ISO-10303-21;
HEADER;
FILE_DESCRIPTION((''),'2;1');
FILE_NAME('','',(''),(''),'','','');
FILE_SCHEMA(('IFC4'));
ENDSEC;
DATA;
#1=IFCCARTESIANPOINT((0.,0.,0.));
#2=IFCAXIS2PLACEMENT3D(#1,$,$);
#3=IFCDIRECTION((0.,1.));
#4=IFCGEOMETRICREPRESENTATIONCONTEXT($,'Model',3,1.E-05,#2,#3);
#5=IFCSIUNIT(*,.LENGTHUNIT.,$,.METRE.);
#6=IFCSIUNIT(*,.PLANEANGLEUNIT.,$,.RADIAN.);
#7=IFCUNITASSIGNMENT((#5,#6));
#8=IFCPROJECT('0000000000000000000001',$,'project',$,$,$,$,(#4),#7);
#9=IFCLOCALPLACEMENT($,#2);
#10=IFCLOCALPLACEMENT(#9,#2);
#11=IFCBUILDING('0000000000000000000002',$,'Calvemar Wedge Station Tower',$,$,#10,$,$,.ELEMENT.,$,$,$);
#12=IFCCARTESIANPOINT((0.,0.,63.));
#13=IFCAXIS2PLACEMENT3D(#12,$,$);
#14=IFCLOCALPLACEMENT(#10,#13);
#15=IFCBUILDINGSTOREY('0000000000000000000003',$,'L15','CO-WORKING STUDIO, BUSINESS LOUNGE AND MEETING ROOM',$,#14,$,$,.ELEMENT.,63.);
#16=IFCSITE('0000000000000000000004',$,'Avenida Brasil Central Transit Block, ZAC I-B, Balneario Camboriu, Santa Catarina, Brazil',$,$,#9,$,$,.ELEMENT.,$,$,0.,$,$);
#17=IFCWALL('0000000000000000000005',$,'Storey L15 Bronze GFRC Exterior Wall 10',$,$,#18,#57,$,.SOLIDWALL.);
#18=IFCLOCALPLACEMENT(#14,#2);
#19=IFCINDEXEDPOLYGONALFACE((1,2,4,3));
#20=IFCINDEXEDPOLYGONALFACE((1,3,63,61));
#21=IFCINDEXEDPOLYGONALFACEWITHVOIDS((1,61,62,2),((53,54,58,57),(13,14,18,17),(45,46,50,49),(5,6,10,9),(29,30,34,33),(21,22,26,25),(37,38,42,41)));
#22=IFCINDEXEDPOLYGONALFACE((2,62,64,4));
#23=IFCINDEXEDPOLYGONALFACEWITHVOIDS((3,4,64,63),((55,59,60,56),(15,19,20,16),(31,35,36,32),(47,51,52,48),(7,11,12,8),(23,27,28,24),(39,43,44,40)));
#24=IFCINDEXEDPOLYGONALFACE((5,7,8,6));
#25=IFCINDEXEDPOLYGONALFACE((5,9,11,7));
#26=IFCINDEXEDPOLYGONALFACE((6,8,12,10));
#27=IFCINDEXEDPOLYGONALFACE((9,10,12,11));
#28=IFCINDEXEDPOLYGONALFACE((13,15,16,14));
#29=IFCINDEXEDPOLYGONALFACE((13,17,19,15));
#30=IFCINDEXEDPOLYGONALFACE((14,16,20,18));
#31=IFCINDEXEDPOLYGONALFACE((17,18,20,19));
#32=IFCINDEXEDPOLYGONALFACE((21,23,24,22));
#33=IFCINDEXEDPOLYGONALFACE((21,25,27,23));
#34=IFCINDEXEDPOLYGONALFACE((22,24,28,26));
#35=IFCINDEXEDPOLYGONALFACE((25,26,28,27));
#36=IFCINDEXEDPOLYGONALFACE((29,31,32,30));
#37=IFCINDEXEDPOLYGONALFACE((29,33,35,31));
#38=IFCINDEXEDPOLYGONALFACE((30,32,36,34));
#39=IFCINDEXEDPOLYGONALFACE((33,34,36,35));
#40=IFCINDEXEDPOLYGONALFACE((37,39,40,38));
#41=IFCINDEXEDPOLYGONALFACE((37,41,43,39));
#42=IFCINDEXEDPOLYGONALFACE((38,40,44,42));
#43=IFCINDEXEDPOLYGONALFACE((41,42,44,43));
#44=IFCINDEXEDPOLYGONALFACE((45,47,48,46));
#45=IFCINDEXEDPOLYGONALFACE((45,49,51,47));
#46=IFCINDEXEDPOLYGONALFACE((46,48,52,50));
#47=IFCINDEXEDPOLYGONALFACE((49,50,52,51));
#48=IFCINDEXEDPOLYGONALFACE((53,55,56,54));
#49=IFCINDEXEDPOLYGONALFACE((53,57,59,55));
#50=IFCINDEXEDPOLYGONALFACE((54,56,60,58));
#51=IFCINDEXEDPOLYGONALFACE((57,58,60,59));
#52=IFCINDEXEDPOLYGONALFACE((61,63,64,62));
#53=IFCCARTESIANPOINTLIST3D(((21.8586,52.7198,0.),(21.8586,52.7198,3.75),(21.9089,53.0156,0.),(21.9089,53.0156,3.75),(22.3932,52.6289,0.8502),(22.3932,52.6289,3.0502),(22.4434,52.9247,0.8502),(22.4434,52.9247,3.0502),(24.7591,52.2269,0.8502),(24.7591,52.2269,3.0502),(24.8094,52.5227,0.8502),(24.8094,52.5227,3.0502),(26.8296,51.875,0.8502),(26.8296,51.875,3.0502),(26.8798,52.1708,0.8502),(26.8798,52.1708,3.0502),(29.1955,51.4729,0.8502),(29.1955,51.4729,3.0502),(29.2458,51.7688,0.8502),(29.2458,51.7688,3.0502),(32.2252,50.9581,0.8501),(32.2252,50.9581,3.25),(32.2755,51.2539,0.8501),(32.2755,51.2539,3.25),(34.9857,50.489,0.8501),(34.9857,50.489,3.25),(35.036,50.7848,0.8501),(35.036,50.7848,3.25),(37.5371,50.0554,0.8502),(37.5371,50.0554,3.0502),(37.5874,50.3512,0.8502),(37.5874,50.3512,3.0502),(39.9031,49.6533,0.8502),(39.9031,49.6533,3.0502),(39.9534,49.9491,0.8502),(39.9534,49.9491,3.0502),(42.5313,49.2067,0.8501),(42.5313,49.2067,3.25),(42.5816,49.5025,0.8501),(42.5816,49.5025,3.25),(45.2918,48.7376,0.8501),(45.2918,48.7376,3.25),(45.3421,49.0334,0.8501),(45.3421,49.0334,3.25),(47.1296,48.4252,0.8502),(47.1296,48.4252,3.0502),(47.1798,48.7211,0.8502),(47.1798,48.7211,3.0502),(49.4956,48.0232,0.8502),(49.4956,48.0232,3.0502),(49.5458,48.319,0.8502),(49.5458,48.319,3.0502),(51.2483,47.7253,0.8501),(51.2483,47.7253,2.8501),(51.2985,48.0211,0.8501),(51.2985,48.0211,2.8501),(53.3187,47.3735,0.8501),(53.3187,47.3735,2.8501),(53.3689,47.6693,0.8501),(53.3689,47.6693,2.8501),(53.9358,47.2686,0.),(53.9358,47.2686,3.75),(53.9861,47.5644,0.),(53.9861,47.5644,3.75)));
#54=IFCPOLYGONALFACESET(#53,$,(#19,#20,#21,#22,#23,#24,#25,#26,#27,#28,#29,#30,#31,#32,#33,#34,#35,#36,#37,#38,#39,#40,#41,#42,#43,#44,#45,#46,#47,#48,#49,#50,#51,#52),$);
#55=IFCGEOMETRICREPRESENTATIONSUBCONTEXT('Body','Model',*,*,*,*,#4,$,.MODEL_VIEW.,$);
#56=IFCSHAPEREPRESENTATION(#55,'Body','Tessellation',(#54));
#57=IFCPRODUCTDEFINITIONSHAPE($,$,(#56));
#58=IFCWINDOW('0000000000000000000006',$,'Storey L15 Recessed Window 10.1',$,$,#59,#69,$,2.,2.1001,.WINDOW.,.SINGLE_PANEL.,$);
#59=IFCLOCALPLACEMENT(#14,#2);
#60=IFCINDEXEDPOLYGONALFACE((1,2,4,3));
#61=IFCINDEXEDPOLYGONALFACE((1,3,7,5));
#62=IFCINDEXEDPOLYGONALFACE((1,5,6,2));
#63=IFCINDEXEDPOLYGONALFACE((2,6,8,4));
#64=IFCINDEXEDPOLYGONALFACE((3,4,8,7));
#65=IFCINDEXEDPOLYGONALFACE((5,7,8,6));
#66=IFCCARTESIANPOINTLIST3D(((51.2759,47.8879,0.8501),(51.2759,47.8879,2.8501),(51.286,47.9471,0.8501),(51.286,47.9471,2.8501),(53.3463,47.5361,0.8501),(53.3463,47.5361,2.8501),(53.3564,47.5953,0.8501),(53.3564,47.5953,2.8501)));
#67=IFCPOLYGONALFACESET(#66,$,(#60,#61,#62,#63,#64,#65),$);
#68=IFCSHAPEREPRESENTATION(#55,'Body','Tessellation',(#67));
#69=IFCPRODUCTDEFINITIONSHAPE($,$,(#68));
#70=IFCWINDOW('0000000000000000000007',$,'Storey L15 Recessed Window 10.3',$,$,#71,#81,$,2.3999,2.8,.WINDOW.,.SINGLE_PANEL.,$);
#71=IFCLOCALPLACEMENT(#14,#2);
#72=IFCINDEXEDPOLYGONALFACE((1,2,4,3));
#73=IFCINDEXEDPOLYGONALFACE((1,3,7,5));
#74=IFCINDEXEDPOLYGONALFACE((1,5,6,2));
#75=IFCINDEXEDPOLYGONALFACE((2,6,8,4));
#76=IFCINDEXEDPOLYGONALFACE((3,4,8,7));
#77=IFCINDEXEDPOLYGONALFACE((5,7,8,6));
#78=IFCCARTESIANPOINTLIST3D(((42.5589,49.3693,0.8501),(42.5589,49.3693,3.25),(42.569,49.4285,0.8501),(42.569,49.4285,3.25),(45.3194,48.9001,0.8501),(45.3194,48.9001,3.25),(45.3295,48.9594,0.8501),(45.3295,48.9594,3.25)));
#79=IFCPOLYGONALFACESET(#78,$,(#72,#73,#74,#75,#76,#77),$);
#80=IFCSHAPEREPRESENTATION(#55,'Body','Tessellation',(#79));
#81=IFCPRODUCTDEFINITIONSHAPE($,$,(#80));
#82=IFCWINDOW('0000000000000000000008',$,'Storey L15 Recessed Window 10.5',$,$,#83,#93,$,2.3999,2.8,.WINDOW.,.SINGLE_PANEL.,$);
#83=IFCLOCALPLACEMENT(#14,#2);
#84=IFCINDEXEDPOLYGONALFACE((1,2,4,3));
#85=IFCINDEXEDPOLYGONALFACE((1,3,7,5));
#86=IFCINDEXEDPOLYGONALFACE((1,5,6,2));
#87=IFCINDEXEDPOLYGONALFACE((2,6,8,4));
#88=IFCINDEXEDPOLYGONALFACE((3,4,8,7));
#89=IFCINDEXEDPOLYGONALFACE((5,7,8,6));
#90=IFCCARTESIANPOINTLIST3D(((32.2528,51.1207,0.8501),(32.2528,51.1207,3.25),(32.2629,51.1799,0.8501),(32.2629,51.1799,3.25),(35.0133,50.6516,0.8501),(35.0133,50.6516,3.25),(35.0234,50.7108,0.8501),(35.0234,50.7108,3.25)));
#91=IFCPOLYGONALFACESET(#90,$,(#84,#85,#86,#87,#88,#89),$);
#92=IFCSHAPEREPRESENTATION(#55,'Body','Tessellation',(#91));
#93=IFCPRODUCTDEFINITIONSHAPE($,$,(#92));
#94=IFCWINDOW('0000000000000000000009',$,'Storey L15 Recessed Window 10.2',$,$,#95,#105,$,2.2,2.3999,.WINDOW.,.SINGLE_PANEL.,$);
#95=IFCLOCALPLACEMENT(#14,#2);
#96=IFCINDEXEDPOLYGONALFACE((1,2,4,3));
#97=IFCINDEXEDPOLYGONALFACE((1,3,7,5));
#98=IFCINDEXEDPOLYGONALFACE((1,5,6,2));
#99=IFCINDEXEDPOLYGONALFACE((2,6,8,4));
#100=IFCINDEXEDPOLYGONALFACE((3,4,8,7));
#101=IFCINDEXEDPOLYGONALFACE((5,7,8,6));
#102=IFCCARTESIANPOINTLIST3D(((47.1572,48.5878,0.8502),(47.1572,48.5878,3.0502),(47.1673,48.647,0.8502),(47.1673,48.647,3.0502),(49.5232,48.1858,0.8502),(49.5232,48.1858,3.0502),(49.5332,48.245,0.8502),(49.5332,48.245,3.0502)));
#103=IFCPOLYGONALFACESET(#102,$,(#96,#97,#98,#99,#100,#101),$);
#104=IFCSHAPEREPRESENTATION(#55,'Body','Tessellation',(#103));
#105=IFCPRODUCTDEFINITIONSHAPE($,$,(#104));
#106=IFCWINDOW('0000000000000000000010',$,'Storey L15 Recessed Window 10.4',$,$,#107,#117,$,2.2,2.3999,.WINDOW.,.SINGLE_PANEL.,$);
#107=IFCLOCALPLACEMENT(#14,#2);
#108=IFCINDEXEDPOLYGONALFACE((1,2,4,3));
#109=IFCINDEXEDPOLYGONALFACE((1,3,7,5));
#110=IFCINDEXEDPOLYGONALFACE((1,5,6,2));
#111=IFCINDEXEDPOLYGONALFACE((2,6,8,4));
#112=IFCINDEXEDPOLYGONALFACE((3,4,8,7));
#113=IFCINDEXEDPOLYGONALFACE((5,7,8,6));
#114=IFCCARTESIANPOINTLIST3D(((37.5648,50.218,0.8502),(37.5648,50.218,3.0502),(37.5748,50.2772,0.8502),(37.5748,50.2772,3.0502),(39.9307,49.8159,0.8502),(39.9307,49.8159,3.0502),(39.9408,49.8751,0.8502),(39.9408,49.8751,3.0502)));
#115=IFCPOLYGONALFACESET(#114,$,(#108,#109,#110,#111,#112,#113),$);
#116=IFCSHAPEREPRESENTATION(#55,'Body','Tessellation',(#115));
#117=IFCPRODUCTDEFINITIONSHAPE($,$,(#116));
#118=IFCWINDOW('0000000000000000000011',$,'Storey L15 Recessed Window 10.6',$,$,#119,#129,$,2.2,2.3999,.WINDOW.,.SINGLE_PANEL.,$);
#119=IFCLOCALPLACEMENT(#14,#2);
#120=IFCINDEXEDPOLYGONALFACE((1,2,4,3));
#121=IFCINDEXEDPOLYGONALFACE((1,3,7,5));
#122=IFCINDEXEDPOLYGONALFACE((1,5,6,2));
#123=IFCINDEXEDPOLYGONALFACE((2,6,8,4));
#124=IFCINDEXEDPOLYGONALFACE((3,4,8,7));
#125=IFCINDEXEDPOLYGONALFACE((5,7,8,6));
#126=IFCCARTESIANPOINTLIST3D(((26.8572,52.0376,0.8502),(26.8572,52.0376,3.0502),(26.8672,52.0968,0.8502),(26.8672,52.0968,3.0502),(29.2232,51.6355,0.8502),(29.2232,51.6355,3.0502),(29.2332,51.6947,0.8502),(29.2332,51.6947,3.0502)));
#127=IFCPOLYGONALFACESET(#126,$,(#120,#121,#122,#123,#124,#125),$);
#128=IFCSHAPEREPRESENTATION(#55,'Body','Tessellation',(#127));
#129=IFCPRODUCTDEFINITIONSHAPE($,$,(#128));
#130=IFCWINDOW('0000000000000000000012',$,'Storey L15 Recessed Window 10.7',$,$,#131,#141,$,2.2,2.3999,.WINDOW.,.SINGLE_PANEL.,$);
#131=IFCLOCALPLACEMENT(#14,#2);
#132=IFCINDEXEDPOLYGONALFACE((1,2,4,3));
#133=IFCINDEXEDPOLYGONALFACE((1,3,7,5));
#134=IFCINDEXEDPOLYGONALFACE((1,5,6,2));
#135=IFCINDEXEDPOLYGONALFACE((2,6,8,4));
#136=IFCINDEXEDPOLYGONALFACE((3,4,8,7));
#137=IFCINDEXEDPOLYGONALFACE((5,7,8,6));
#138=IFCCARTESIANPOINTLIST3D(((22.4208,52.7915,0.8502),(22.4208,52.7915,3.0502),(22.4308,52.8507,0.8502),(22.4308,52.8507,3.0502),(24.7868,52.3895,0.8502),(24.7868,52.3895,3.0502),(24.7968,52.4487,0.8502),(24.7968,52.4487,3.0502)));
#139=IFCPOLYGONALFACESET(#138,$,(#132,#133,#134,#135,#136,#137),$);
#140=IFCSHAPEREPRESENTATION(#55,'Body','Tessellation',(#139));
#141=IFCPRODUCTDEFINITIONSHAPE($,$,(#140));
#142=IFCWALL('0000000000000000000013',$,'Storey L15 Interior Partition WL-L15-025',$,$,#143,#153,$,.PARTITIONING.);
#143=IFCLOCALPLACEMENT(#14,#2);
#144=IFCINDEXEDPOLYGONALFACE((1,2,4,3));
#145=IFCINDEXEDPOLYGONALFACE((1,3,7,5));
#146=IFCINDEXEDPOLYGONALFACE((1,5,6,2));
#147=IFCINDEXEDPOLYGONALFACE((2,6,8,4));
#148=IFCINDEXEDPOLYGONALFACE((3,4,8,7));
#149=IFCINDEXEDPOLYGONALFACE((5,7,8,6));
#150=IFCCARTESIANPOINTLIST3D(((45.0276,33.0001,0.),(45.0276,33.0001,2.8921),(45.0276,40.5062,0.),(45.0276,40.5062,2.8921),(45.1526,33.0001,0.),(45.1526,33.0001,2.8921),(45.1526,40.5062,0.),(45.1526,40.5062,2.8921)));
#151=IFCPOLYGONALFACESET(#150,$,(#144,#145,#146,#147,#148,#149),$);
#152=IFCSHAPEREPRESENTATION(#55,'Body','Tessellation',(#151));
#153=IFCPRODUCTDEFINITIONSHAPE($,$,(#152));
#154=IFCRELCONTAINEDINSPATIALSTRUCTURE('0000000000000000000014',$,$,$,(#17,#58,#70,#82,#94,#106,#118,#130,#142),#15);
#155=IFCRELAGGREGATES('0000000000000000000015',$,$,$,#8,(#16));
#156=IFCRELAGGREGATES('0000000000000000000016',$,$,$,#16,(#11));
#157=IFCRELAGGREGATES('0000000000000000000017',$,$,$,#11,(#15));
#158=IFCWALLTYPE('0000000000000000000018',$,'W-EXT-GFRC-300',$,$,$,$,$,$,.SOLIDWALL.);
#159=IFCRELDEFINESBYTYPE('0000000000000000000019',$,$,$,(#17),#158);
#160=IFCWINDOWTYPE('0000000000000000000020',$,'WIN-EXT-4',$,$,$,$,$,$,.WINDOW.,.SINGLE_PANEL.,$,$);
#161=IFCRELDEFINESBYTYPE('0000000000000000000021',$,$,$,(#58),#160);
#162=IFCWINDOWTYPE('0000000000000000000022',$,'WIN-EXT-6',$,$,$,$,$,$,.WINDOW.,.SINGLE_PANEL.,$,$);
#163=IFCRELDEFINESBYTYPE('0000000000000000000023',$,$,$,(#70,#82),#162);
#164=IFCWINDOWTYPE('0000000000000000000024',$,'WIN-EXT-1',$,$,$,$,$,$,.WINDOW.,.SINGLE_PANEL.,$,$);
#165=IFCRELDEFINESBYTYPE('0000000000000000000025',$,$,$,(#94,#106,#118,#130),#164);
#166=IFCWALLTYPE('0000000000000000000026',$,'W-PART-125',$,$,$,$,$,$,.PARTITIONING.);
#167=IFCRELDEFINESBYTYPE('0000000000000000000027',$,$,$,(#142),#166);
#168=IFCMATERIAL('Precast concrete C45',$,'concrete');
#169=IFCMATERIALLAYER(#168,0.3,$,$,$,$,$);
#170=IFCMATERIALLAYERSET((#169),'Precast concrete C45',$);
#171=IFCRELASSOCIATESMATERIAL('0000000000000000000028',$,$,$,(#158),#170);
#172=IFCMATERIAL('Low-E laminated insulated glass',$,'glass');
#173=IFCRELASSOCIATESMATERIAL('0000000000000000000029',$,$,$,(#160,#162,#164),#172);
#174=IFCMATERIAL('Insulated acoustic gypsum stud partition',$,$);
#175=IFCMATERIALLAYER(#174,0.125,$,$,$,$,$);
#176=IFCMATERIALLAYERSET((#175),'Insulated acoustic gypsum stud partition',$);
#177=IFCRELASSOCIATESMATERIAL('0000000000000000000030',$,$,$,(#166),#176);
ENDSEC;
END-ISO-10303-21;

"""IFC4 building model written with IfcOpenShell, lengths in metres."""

from ifc_helpers import new_model, si_unit, direction, frame, frame_2d, origin, place, context, subcontext, project, spatial, rectangle, extrude, source, transform, mapped, material, layer, layer_set, type_object, element, fill, save


model = new_model("IFC4")

# Units and contexts
model_context = context("Model", 3, precision=1e-05, world=origin(), true_north=direction((0.0, 1.0)))
body_context = subcontext(model_context, "Body", "Model", "MODEL_VIEW")
ifc_project = project(units=[si_unit("LENGTHUNIT", "METRE"), si_unit("PLANEANGLEUNIT", "RADIAN")], contexts=[model_context])

# Site, building, storey
site_placement = place(None, origin())
site = spatial("IfcSite", under=ifc_project, at=site_placement, Name="Avenida Brasil Central Transit Block, ZAC I-B, Balneario Camboriu, Santa Catarina, Brazil", CompositionType="ELEMENT", RefElevation=0.0)
building_placement = place(site_placement, origin())
building = spatial("IfcBuilding", under=site, at=building_placement, Name="Calvemar Wedge Station Tower", CompositionType="ELEMENT")
storey_placement = place(building_placement, frame((0.0, 0.0, 63.0)))
storey = spatial("IfcBuildingStorey", under=building, at=storey_placement, Name="L15", Description="CO-WORKING STUDIO, BUSINESS LOUNGE AND MEETING ROOM", CompositionType="ELEMENT", Elevation=63.0)

# Shared definitions
ifc_material_1 = material(Name="Precast concrete C45", Category="concrete")
ifc_layer_1 = layer(ifc_material_1, 0.3)
ifc_layer_set_1 = layer_set([ifc_layer_1], Name="Precast concrete C45")
wall_type_1 = type_object("IfcWallType", Name="W-EXT-GFRC-300", PredefinedType="SOLIDWALL", material=ifc_layer_set_1)
ifc_material_2 = material(Name="Low-E laminated insulated glass", Category="glass")

# Wall, openings, windows
wall_1_placement = place(storey_placement, frame((53.9609, 47.4165, 0.0), z_axis=(0.0, 0.0, 1.0), x_axis=(-0.985866, 0.167537, 0.0)))
wall_1 = element("IfcWall", 1, at=wall_1_placement, inside=storey, type_object=wall_type_1, Name="Storey L15 Bronze GFRC Exterior Wall 10", PredefinedType="SOLIDWALL", context=body_context, shape_type="SweptSolid", body=[
    extrude(rectangle(XDim=32.5371, YDim=0.3, at=frame_2d((16.2686, 0.0))), origin(), (0.0, 0.0, 1.0), 3.75),
])
shared_shape_1 = source(origin(), body_context, "Body", "SweptSolid", [
    extrude(rectangle(XDim=2.1001, YDim=2.0, at=frame_2d((1.05, 1.0))), frame((0.0, 0.1602, 0.0), z_axis=(0.0, -1.0, 0.0), x_axis=(1.0, 0.0, 0.0)), (0.0, 0.0, 1.0), 0.3201),
])
opening_1_placement = place(wall_1_placement, frame((0.626, 0.0, 0.8501)))
opening_1 = element("IfcOpeningElement", 2, at=opening_1_placement, cuts=wall_1, PredefinedType="OPENING", context=body_context, shape_type="MappedRepresentation", body=[
    mapped(shared_shape_1, transform((0.0, 0.0, 0.0), scale=1.0)),
])
shared_shape_2 = source(origin(), body_context, "Body", "SweptSolid", [
    extrude(rectangle(XDim=2.3999, YDim=2.2, at=frame_2d((1.2, 1.1001))), frame((0.0, 0.1602, 0.0), z_axis=(0.0, -1.0, 0.0), x_axis=(1.0, 0.0, 0.0)), (0.0, 0.0, 1.0), 0.3201),
])
opening_2_placement = place(wall_1_placement, frame((4.5039, 0.0, 0.8501)))
opening_2 = element("IfcOpeningElement", 3, at=opening_2_placement, cuts=wall_1, PredefinedType="OPENING", context=body_context, shape_type="MappedRepresentation", body=[
    mapped(shared_shape_2, transform((0.0, 0.0, 0.0), scale=1.0)),
])
shared_shape_3 = source(origin(), body_context, "Body", "SweptSolid", [
    extrude(rectangle(XDim=2.8, YDim=2.3999, at=frame_2d((1.3999, 1.2))), frame((0.0, 0.1602, 0.0), z_axis=(0.0, -1.0, 0.0), x_axis=(1.0, 0.0, 0.0)), (0.0, 0.0, 1.0), 0.3201),
])
opening_3_placement = place(wall_1_placement, frame((8.7681, 0.0, 0.8501)))
opening_3 = element("IfcOpeningElement", 4, at=opening_3_placement, cuts=wall_1, PredefinedType="OPENING", context=body_context, shape_type="MappedRepresentation", body=[
    mapped(shared_shape_3, transform((0.0, 0.0, 0.0), scale=1.0)),
])
opening_4_placement = place(wall_1_placement, frame((14.2339, 0.0, 0.8501)))
opening_4 = element("IfcOpeningElement", 5, at=opening_4_placement, cuts=wall_1, PredefinedType="OPENING", context=body_context, shape_type="MappedRepresentation", body=[
    mapped(shared_shape_2, transform((0.0, 0.0, 0.0), scale=1.0)),
])
opening_5_placement = place(wall_1_placement, frame((19.2219, 0.0, 0.8501)))
opening_5 = element("IfcOpeningElement", 6, at=opening_5_placement, cuts=wall_1, PredefinedType="OPENING", context=body_context, shape_type="MappedRepresentation", body=[
    mapped(shared_shape_3, transform((0.0, 0.0, 0.0), scale=1.0)),
])
opening_6_placement = place(wall_1_placement, frame((25.095, 0.0, 0.8501)))
opening_6 = element("IfcOpeningElement", 7, at=opening_6_placement, cuts=wall_1, PredefinedType="OPENING", context=body_context, shape_type="MappedRepresentation", body=[
    mapped(shared_shape_2, transform((0.0, 0.0, 0.0), scale=1.0)),
])
opening_7_placement = place(wall_1_placement, frame((29.595, 0.0, 0.8501)))
opening_7 = element("IfcOpeningElement", 8, at=opening_7_placement, cuts=wall_1, PredefinedType="OPENING", context=body_context, shape_type="MappedRepresentation", body=[
    mapped(shared_shape_2, transform((0.0, 0.0, 0.0), scale=1.0)),
])
window_type_1 = type_object("IfcWindowType", Name="WIN-EXT-4", PartitioningType="SINGLE_PANEL", PredefinedType="WINDOW", material=ifc_material_2)
shared_shape_4 = source(origin(), body_context, "Body", "SweptSolid", [
    extrude(rectangle(XDim=2.1001, YDim=2.0, at=frame_2d((1.05, 1.0))), frame((0.0, -0.0149, 0.0), z_axis=(0.0, -1.0, 0.0), x_axis=(1.0, 0.0, 0.0)), (0.0, 0.0, 1.0), 0.0601),
])
window_1_placement = place(opening_1_placement, origin())
window_1 = element("IfcWindow", 9, at=window_1_placement, inside=storey, type_object=window_type_1, Name="Storey L15 Recessed Window 10.1", OverallHeight=2.0, OverallWidth=2.1001, PartitioningType="SINGLE_PANEL", PredefinedType="WINDOW", context=body_context, shape_type="MappedRepresentation", body=[
    mapped(shared_shape_4, transform((0.0, 0.0, 0.0), scale=1.0)),
])
fill(opening_1, window_1)
window_type_2 = type_object("IfcWindowType", Name="WIN-EXT-6", PartitioningType="SINGLE_PANEL", PredefinedType="WINDOW", material=ifc_material_2)
shared_shape_5 = source(origin(), body_context, "Body", "SweptSolid", [
    extrude(rectangle(XDim=2.8, YDim=2.3999, at=frame_2d((1.3999, 1.2))), frame((0.0, -0.0149, 0.0), z_axis=(0.0, -1.0, 0.0), x_axis=(1.0, 0.0, 0.0)), (0.0, 0.0, 1.0), 0.0601),
])
window_2_placement = place(opening_3_placement, origin())
window_2 = element("IfcWindow", 10, at=window_2_placement, inside=storey, type_object=window_type_2, Name="Storey L15 Recessed Window 10.3", OverallHeight=2.3999, OverallWidth=2.8, PartitioningType="SINGLE_PANEL", PredefinedType="WINDOW", context=body_context, shape_type="MappedRepresentation", body=[
    mapped(shared_shape_5, transform((0.0, 0.0, 0.0), scale=1.0)),
])
fill(opening_3, window_2)
window_3_placement = place(opening_5_placement, origin())
window_3 = element("IfcWindow", 11, at=window_3_placement, inside=storey, type_object=window_type_2, Name="Storey L15 Recessed Window 10.5", OverallHeight=2.3999, OverallWidth=2.8, PartitioningType="SINGLE_PANEL", PredefinedType="WINDOW", context=body_context, shape_type="MappedRepresentation", body=[
    mapped(shared_shape_5, transform((0.0, 0.0, 0.0), scale=1.0)),
])
fill(opening_5, window_3)
window_type_3 = type_object("IfcWindowType", Name="WIN-EXT-1", PartitioningType="SINGLE_PANEL", PredefinedType="WINDOW", material=ifc_material_2)
shared_shape_6 = source(origin(), body_context, "Body", "SweptSolid", [
    extrude(rectangle(XDim=2.3999, YDim=2.2, at=frame_2d((1.2, 1.1001))), frame((0.0, -0.0149, 0.0), z_axis=(0.0, -1.0, 0.0), x_axis=(1.0, 0.0, 0.0)), (0.0, 0.0, 1.0), 0.0601),
])
window_4_placement = place(opening_2_placement, origin())
window_4 = element("IfcWindow", 12, at=window_4_placement, inside=storey, type_object=window_type_3, Name="Storey L15 Recessed Window 10.2", OverallHeight=2.2, OverallWidth=2.3999, PartitioningType="SINGLE_PANEL", PredefinedType="WINDOW", context=body_context, shape_type="MappedRepresentation", body=[
    mapped(shared_shape_6, transform((0.0, 0.0, 0.0), scale=1.0)),
])
fill(opening_2, window_4)
window_5_placement = place(opening_4_placement, origin())
window_5 = element("IfcWindow", 13, at=window_5_placement, inside=storey, type_object=window_type_3, Name="Storey L15 Recessed Window 10.4", OverallHeight=2.2, OverallWidth=2.3999, PartitioningType="SINGLE_PANEL", PredefinedType="WINDOW", context=body_context, shape_type="MappedRepresentation", body=[
    mapped(shared_shape_6, transform((0.0, 0.0, 0.0), scale=1.0)),
])
fill(opening_4, window_5)
window_6_placement = place(opening_6_placement, origin())
window_6 = element("IfcWindow", 14, at=window_6_placement, inside=storey, type_object=window_type_3, Name="Storey L15 Recessed Window 10.6", OverallHeight=2.2, OverallWidth=2.3999, PartitioningType="SINGLE_PANEL", PredefinedType="WINDOW", context=body_context, shape_type="MappedRepresentation", body=[
    mapped(shared_shape_6, transform((0.0, 0.0, 0.0), scale=1.0)),
])
fill(opening_6, window_6)
window_7_placement = place(opening_7_placement, origin())
window_7 = element("IfcWindow", 15, at=window_7_placement, inside=storey, type_object=window_type_3, Name="Storey L15 Recessed Window 10.7", OverallHeight=2.2, OverallWidth=2.3999, PartitioningType="SINGLE_PANEL", PredefinedType="WINDOW", context=body_context, shape_type="MappedRepresentation", body=[
    mapped(shared_shape_6, transform((0.0, 0.0, 0.0), scale=1.0)),
])
fill(opening_7, window_7)

# Wall
ifc_material_3 = material(Name="Insulated acoustic gypsum stud partition")
ifc_layer_2 = layer(ifc_material_3, 0.125)
ifc_layer_set_2 = layer_set([ifc_layer_2], Name="Insulated acoustic gypsum stud partition")
wall_type_2 = type_object("IfcWallType", Name="W-PART-125", PredefinedType="PARTITIONING", material=ifc_layer_set_2)
wall_2_placement = place(storey_placement, frame((45.0901, 40.5061, 0.0), z_axis=(0.0, 0.0, 1.0), x_axis=(0.0, -1.0, 0.0)))
element("IfcWall", 16, at=wall_2_placement, inside=storey, type_object=wall_type_2, Name="Storey L15 Interior Partition WL-L15-025", PredefinedType="PARTITIONING", context=body_context, shape_type="SweptSolid", body=[
    extrude(rectangle(XDim=7.5061, YDim=0.125, at=frame_2d((3.7529, 0.0))), origin(), (0.0, 0.0, 1.0), 2.8921),
])

save(model, "model.ifc")
